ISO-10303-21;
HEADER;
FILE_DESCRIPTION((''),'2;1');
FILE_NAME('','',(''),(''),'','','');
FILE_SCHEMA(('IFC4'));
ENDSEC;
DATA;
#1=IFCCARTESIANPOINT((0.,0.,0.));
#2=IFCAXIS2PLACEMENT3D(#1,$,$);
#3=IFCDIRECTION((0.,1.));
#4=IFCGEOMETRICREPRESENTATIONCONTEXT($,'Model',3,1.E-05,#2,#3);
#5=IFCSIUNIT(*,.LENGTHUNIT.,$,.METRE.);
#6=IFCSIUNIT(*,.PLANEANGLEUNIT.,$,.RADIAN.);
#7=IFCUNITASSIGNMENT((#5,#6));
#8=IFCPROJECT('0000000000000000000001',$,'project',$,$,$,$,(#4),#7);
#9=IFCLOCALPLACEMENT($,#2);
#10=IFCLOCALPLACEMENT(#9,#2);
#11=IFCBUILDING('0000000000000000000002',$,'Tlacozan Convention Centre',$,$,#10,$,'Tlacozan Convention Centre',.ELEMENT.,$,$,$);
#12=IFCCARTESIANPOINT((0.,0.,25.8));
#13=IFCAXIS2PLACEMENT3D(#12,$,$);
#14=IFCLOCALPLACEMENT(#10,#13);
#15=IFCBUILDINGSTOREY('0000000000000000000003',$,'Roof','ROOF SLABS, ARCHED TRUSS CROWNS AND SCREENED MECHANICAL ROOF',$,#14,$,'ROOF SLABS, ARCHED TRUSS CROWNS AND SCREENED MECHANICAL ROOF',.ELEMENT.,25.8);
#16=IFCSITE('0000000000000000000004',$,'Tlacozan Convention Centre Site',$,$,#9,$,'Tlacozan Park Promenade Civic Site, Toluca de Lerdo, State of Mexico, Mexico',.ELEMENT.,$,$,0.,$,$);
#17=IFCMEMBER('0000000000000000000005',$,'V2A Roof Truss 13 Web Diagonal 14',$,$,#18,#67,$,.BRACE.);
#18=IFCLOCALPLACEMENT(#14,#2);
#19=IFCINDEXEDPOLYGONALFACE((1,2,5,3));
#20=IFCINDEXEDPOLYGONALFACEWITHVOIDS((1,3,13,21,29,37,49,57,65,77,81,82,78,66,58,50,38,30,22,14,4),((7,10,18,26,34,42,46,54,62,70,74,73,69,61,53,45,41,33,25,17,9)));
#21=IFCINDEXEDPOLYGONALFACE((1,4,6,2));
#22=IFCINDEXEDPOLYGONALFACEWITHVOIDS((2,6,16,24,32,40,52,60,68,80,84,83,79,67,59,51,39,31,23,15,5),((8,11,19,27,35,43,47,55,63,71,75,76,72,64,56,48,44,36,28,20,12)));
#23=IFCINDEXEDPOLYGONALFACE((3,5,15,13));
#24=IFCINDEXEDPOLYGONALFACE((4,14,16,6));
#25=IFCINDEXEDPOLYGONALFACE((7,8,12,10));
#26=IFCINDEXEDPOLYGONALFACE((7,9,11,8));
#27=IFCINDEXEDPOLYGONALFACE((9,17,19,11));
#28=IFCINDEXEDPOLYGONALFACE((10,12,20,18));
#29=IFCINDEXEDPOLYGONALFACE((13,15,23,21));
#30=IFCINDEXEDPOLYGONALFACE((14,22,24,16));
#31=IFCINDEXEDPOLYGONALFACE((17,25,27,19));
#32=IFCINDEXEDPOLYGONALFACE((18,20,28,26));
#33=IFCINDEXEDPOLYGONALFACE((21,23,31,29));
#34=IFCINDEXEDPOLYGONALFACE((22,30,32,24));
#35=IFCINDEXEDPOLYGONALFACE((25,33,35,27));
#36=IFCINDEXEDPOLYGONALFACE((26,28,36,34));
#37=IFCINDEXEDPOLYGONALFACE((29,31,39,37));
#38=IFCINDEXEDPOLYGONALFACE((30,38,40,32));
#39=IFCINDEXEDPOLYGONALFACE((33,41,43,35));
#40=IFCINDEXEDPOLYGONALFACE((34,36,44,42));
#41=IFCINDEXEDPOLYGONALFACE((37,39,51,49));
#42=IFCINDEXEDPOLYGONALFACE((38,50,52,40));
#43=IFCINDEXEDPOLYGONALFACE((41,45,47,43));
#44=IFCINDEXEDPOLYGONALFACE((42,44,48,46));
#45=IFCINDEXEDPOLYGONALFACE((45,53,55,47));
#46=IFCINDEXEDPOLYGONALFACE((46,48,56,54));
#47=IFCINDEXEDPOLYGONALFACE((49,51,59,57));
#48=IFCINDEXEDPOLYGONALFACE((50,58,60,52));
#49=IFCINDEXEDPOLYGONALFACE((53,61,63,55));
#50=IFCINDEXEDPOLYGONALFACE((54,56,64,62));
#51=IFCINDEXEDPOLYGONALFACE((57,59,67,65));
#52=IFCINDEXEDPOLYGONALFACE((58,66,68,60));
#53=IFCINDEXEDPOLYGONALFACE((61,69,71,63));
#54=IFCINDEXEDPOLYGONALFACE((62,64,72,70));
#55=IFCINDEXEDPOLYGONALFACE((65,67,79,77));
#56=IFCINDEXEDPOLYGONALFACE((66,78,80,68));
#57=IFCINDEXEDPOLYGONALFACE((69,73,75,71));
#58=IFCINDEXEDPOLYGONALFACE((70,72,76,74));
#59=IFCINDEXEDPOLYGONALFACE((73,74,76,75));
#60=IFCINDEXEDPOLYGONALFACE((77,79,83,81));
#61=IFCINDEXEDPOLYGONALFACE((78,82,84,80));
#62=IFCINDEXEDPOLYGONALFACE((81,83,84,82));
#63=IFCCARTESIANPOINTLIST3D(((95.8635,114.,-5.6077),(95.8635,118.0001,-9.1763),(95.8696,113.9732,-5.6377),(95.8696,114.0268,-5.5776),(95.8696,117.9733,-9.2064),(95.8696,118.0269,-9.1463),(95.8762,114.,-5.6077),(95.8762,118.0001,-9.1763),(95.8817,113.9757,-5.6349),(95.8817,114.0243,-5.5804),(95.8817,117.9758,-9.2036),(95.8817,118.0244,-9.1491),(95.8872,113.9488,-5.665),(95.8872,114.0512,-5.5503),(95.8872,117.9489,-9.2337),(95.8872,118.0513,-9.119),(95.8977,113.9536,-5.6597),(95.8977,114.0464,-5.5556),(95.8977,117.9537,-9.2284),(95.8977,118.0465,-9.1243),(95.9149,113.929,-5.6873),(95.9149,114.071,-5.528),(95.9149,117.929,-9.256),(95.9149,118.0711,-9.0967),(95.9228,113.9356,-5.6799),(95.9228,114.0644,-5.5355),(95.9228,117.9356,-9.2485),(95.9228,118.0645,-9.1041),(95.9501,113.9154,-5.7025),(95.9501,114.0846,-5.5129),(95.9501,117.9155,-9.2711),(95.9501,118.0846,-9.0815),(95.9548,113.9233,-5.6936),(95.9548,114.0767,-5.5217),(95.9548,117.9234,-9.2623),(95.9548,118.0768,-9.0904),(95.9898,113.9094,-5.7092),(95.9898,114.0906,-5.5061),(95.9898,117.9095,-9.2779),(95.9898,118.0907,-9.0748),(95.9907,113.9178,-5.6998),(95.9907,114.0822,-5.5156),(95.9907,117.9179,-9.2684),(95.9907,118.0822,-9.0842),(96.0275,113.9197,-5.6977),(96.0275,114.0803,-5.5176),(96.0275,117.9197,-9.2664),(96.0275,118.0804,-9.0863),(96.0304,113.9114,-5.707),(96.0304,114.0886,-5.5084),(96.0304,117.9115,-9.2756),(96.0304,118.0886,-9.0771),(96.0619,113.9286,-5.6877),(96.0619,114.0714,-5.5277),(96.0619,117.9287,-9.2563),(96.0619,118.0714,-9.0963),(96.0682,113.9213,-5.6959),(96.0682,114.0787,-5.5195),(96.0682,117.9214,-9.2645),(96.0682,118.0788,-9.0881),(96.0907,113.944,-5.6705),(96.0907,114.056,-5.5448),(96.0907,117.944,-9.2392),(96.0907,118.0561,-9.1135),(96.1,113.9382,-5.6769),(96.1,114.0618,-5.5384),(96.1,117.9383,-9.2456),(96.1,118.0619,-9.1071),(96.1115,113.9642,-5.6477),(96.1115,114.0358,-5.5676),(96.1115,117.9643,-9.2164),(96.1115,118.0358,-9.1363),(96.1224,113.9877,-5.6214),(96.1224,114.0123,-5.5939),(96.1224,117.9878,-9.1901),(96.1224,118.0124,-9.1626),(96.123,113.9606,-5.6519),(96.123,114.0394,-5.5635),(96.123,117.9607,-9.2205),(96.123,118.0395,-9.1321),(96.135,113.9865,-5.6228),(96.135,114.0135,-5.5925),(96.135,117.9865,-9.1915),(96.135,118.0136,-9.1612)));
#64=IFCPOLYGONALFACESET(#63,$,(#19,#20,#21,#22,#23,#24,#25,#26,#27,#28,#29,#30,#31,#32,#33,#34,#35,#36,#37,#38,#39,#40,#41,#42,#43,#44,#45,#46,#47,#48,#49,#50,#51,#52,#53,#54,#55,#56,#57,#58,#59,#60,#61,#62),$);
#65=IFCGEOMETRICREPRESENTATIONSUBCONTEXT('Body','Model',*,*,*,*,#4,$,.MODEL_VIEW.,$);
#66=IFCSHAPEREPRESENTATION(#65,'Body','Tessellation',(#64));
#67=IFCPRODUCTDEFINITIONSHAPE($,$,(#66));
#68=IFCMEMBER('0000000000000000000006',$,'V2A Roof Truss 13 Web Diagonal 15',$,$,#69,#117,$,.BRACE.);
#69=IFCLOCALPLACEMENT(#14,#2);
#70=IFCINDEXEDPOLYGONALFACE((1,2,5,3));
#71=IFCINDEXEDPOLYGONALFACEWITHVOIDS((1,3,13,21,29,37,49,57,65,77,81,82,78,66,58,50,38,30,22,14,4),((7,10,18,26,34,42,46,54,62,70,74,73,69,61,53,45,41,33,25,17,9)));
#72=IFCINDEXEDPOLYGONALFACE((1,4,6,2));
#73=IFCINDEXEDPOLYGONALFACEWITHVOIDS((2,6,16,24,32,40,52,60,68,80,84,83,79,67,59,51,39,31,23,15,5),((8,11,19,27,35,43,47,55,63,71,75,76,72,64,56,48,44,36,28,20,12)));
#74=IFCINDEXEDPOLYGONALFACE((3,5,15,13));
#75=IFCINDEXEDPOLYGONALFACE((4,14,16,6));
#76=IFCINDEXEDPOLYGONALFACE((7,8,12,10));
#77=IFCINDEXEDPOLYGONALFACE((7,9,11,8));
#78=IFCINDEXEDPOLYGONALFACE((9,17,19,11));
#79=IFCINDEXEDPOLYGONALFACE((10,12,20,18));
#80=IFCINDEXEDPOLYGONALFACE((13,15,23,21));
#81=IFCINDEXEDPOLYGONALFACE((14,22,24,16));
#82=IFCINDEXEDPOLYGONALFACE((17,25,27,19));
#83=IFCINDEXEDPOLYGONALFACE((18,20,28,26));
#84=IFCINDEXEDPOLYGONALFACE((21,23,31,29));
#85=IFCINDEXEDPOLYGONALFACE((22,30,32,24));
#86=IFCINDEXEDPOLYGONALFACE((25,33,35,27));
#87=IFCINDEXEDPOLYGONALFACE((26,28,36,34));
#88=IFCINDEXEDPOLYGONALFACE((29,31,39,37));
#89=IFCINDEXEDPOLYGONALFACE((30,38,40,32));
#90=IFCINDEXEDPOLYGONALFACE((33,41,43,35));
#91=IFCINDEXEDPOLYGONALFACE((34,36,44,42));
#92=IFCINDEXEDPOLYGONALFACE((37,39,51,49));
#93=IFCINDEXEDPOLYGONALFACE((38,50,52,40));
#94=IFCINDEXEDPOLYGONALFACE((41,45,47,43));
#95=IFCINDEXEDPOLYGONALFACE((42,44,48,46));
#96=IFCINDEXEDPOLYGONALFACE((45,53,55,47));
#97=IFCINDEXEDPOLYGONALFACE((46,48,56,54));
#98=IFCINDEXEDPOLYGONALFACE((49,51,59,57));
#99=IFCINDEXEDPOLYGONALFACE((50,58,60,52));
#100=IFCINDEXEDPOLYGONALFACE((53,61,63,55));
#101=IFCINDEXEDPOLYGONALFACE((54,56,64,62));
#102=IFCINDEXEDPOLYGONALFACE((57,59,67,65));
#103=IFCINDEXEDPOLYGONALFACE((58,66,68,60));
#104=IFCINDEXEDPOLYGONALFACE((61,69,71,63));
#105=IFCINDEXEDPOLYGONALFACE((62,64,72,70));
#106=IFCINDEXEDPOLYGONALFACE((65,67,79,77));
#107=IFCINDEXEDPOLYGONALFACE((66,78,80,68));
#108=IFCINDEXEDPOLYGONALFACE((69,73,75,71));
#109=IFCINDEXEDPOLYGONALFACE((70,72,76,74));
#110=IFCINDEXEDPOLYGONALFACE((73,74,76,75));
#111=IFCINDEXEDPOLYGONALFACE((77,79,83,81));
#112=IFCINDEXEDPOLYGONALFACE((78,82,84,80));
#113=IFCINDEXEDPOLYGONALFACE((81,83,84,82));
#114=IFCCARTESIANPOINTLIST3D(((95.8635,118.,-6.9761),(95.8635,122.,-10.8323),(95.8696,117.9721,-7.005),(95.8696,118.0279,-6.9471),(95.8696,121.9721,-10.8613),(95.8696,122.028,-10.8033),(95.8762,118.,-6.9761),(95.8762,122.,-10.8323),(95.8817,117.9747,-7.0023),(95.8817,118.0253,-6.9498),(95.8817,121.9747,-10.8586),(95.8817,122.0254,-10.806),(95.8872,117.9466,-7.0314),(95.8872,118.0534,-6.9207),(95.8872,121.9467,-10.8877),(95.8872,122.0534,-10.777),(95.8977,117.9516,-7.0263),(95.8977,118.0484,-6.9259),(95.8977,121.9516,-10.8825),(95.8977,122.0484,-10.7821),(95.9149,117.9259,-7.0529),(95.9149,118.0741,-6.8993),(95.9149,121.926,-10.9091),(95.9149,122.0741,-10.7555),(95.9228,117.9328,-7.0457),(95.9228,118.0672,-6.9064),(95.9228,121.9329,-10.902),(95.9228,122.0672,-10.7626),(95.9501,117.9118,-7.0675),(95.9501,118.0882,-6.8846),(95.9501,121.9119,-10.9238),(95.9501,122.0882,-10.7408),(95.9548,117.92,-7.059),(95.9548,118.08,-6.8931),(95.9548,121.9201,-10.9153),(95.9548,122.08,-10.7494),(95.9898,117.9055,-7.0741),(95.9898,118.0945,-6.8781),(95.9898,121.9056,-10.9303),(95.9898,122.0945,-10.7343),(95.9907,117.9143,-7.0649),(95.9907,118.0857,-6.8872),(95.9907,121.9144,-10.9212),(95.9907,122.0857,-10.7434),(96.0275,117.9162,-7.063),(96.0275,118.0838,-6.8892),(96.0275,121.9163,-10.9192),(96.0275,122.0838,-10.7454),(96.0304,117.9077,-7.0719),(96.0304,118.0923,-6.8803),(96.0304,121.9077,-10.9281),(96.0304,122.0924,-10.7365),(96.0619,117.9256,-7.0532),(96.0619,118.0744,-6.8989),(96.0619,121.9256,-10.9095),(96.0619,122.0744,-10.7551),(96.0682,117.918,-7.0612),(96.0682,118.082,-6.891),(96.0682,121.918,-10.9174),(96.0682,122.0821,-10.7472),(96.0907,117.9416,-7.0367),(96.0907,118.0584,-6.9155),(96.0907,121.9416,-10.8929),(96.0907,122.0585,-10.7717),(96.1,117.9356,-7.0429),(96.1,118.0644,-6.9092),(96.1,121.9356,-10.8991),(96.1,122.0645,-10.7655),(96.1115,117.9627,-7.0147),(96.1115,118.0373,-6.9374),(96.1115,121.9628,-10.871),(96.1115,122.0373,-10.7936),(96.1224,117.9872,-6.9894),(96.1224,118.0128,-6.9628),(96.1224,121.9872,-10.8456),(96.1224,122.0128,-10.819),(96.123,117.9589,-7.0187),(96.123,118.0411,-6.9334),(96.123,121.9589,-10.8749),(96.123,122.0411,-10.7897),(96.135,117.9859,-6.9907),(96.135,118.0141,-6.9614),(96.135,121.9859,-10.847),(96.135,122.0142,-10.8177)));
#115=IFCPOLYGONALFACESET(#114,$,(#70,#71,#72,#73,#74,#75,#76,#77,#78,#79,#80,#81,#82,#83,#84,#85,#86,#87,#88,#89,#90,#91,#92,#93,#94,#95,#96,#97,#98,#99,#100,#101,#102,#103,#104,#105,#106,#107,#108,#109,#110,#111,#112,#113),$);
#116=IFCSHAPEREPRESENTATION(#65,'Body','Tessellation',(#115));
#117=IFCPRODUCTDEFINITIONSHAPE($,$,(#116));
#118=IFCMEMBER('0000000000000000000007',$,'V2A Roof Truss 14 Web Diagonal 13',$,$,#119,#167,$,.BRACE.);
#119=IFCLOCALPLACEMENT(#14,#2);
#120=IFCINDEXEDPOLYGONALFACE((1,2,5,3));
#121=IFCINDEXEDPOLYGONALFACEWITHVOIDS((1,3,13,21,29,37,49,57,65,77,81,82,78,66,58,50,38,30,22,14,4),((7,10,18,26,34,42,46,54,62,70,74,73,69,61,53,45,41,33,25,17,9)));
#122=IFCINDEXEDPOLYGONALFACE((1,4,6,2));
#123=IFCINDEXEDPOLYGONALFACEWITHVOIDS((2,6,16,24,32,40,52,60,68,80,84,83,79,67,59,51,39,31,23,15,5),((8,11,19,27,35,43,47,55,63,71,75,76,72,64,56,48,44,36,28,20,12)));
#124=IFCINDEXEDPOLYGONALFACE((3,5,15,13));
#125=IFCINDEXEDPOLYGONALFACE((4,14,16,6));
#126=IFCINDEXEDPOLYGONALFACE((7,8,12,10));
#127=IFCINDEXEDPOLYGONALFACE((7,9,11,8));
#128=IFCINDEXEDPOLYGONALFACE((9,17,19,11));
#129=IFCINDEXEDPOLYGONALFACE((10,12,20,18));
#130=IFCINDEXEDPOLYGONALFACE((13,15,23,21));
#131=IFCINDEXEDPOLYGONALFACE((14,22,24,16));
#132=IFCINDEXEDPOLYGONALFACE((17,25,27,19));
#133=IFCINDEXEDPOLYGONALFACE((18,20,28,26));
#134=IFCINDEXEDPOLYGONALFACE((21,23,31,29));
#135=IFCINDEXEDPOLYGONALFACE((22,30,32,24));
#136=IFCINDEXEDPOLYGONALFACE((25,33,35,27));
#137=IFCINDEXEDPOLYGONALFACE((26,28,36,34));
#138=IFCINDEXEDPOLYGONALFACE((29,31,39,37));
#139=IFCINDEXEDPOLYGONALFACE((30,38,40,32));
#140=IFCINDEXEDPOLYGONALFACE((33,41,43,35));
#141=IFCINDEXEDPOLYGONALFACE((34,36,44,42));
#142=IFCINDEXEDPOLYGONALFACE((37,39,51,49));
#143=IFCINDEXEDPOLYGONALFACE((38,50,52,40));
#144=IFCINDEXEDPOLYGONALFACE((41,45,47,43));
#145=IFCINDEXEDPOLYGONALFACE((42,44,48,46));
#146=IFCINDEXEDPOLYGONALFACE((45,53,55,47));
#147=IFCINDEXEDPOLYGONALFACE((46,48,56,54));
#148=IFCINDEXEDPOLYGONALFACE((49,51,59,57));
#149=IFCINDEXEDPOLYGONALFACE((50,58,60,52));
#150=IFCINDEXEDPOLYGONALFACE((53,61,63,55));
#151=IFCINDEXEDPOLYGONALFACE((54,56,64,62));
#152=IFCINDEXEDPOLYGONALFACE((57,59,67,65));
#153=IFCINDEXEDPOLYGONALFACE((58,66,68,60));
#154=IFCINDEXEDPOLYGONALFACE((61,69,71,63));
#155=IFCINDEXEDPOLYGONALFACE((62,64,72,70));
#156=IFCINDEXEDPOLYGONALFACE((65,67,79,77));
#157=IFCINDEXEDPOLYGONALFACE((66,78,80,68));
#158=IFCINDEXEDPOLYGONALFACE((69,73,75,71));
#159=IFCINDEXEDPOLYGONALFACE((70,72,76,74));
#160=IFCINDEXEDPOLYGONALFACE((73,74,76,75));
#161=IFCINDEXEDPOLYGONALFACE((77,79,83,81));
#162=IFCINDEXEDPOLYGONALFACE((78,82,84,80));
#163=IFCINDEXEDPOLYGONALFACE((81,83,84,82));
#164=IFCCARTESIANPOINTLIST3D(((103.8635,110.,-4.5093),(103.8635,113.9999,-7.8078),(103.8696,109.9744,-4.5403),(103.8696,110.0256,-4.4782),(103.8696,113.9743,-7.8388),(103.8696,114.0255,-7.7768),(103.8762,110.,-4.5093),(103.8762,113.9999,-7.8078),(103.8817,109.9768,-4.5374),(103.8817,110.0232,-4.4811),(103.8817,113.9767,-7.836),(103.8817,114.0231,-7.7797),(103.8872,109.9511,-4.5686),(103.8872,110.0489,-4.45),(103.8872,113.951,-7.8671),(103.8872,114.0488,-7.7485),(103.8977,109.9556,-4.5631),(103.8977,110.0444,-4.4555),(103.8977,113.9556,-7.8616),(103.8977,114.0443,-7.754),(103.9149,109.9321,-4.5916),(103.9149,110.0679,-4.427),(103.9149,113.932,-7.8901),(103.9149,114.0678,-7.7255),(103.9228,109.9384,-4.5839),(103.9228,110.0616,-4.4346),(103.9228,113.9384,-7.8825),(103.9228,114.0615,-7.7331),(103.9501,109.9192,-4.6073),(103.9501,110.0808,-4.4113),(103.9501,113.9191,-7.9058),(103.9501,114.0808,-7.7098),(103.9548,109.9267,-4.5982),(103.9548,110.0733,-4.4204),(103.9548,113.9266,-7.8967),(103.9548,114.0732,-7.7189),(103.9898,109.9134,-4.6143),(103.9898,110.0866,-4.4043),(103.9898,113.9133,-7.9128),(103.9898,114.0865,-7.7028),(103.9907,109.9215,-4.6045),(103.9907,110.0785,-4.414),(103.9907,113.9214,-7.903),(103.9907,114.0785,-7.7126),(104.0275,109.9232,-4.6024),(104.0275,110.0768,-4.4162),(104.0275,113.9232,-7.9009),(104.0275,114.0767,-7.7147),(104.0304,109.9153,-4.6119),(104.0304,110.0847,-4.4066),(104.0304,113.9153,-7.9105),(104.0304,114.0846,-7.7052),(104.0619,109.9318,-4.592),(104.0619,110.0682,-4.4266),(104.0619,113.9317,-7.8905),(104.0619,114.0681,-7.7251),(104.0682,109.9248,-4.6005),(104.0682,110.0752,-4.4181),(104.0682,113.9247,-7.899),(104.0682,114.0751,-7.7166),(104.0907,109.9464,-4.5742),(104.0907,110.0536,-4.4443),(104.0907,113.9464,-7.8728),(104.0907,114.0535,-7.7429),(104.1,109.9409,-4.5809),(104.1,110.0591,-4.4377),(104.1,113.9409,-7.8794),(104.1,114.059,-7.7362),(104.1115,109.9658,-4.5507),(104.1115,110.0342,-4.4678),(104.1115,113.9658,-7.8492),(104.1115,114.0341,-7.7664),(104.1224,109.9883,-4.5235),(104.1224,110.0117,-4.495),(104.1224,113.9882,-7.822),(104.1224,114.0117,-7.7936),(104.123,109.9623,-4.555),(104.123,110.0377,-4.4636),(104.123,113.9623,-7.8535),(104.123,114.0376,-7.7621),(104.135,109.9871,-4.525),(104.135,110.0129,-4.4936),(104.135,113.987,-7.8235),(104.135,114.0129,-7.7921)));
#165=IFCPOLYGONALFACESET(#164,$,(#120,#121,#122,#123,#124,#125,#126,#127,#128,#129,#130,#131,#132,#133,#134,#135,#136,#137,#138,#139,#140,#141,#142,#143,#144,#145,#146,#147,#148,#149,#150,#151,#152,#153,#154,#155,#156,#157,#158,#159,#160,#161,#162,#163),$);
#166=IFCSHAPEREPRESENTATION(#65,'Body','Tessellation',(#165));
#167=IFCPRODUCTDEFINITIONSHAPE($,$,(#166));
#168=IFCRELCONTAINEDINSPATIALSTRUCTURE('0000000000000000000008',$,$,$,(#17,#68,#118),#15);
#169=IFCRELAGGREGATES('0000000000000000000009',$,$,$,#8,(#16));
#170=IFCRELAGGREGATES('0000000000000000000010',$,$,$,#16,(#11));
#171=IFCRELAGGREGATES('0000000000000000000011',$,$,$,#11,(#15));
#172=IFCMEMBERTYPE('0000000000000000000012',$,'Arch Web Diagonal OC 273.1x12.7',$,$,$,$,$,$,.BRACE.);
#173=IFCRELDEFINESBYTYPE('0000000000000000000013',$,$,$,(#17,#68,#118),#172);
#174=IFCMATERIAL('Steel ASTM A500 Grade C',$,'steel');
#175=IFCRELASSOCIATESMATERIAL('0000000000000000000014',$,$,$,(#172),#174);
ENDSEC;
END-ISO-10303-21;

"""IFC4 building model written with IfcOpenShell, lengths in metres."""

from ifc_helpers import new_model, si_unit, direction, frame, origin, origin_2d, place, context, subcontext, project, spatial, hollow_circle, extrude, material, material_profile, profile_set, type_object, element, save


model = new_model("IFC4")

# Units and contexts
model_context = context("Model", 3, precision=1e-05, world=origin(), true_north=direction((0.0, 1.0)))
body_context = subcontext(model_context, "Body", "Model", "MODEL_VIEW")
ifc_project = project(units=[si_unit("LENGTHUNIT", "METRE"), si_unit("PLANEANGLEUNIT", "RADIAN")], contexts=[model_context])

# Site, building, storey
site_placement = place(None, origin())
site = spatial("IfcSite", under=ifc_project, at=site_placement, Name="Tlacozan Convention Centre Site", LongName="Tlacozan Park Promenade Civic Site, Toluca de Lerdo, State of Mexico, Mexico", CompositionType="ELEMENT", RefElevation=0.0)
building_placement = place(site_placement, origin())
building = spatial("IfcBuilding", under=site, at=building_placement, Name="Tlacozan Convention Centre", LongName="Tlacozan Convention Centre", CompositionType="ELEMENT")
storey_placement = place(building_placement, frame((0.0, 0.0, 25.8)))
storey = spatial("IfcBuildingStorey", under=building, at=storey_placement, Name="Roof", Description="ROOF SLABS, ARCHED TRUSS CROWNS AND SCREENED MECHANICAL ROOF", LongName="ROOF SLABS, ARCHED TRUSS CROWNS AND SCREENED MECHANICAL ROOF", CompositionType="ELEMENT", Elevation=25.8)

# Members
ifc_material_1 = material(Name="Steel ASTM A500 Grade C", Category="steel")
ifc_material_profile_1 = material_profile(ifc_material_1, hollow_circle(Radius=0.1365, WallThickness=0.0127, at=origin_2d()), Name="OC 273.1x12.7")
ifc_profile_set_1 = profile_set([ifc_material_profile_1], Name="Steel ASTM A500 Grade C")
member_type_1 = type_object("IfcMemberType", Name="Arch Web Diagonal OC 273.1x12.7", PredefinedType="BRACE", material=ifc_profile_set_1)
member_1_placement = place(storey_placement, frame((96.0, 114.0, -5.6077), z_axis=(0.0, 0.746199, -0.665722), x_axis=(-1.0, 0.0, 0.0)))
element("IfcMember", 1, at=member_1_placement, inside=storey, type_object=member_type_1, Name="V2A Roof Truss 13 Web Diagonal 14", PredefinedType="BRACE", context=body_context, shape_type="SweptSolid", body=[
    extrude(hollow_circle(Radius=0.1365, WallThickness=0.0127, at=origin_2d()), origin(), (0.0, 0.0, 1.0), 5.3606),
])
member_2_placement = place(storey_placement, frame((96.0, 118.0, -6.9761), z_axis=(0.0, 0.719929, -0.694048), x_axis=(-1.0, 0.0, 0.0)))
element("IfcMember", 2, at=member_2_placement, inside=storey, type_object=member_type_1, Name="V2A Roof Truss 13 Web Diagonal 15", PredefinedType="BRACE", context=body_context, shape_type="SweptSolid", body=[
    extrude(hollow_circle(Radius=0.1365, WallThickness=0.0127, at=origin_2d()), origin(), (0.0, 0.0, 1.0), 5.5562),
])
member_3_placement = place(storey_placement, frame((104.0, 110.0, -4.5093), z_axis=(0.0, 0.771507, -0.63622), x_axis=(-1.0, 0.0, 0.0)))
element("IfcMember", 3, at=member_3_placement, inside=storey, type_object=member_type_1, Name="V2A Roof Truss 14 Web Diagonal 13", PredefinedType="BRACE", context=body_context, shape_type="SweptSolid", body=[
    extrude(hollow_circle(Radius=0.1365, WallThickness=0.0127, at=origin_2d()), origin(), (0.0, 0.0, 1.0), 5.1846),
])

save(model, "model.ifc")
